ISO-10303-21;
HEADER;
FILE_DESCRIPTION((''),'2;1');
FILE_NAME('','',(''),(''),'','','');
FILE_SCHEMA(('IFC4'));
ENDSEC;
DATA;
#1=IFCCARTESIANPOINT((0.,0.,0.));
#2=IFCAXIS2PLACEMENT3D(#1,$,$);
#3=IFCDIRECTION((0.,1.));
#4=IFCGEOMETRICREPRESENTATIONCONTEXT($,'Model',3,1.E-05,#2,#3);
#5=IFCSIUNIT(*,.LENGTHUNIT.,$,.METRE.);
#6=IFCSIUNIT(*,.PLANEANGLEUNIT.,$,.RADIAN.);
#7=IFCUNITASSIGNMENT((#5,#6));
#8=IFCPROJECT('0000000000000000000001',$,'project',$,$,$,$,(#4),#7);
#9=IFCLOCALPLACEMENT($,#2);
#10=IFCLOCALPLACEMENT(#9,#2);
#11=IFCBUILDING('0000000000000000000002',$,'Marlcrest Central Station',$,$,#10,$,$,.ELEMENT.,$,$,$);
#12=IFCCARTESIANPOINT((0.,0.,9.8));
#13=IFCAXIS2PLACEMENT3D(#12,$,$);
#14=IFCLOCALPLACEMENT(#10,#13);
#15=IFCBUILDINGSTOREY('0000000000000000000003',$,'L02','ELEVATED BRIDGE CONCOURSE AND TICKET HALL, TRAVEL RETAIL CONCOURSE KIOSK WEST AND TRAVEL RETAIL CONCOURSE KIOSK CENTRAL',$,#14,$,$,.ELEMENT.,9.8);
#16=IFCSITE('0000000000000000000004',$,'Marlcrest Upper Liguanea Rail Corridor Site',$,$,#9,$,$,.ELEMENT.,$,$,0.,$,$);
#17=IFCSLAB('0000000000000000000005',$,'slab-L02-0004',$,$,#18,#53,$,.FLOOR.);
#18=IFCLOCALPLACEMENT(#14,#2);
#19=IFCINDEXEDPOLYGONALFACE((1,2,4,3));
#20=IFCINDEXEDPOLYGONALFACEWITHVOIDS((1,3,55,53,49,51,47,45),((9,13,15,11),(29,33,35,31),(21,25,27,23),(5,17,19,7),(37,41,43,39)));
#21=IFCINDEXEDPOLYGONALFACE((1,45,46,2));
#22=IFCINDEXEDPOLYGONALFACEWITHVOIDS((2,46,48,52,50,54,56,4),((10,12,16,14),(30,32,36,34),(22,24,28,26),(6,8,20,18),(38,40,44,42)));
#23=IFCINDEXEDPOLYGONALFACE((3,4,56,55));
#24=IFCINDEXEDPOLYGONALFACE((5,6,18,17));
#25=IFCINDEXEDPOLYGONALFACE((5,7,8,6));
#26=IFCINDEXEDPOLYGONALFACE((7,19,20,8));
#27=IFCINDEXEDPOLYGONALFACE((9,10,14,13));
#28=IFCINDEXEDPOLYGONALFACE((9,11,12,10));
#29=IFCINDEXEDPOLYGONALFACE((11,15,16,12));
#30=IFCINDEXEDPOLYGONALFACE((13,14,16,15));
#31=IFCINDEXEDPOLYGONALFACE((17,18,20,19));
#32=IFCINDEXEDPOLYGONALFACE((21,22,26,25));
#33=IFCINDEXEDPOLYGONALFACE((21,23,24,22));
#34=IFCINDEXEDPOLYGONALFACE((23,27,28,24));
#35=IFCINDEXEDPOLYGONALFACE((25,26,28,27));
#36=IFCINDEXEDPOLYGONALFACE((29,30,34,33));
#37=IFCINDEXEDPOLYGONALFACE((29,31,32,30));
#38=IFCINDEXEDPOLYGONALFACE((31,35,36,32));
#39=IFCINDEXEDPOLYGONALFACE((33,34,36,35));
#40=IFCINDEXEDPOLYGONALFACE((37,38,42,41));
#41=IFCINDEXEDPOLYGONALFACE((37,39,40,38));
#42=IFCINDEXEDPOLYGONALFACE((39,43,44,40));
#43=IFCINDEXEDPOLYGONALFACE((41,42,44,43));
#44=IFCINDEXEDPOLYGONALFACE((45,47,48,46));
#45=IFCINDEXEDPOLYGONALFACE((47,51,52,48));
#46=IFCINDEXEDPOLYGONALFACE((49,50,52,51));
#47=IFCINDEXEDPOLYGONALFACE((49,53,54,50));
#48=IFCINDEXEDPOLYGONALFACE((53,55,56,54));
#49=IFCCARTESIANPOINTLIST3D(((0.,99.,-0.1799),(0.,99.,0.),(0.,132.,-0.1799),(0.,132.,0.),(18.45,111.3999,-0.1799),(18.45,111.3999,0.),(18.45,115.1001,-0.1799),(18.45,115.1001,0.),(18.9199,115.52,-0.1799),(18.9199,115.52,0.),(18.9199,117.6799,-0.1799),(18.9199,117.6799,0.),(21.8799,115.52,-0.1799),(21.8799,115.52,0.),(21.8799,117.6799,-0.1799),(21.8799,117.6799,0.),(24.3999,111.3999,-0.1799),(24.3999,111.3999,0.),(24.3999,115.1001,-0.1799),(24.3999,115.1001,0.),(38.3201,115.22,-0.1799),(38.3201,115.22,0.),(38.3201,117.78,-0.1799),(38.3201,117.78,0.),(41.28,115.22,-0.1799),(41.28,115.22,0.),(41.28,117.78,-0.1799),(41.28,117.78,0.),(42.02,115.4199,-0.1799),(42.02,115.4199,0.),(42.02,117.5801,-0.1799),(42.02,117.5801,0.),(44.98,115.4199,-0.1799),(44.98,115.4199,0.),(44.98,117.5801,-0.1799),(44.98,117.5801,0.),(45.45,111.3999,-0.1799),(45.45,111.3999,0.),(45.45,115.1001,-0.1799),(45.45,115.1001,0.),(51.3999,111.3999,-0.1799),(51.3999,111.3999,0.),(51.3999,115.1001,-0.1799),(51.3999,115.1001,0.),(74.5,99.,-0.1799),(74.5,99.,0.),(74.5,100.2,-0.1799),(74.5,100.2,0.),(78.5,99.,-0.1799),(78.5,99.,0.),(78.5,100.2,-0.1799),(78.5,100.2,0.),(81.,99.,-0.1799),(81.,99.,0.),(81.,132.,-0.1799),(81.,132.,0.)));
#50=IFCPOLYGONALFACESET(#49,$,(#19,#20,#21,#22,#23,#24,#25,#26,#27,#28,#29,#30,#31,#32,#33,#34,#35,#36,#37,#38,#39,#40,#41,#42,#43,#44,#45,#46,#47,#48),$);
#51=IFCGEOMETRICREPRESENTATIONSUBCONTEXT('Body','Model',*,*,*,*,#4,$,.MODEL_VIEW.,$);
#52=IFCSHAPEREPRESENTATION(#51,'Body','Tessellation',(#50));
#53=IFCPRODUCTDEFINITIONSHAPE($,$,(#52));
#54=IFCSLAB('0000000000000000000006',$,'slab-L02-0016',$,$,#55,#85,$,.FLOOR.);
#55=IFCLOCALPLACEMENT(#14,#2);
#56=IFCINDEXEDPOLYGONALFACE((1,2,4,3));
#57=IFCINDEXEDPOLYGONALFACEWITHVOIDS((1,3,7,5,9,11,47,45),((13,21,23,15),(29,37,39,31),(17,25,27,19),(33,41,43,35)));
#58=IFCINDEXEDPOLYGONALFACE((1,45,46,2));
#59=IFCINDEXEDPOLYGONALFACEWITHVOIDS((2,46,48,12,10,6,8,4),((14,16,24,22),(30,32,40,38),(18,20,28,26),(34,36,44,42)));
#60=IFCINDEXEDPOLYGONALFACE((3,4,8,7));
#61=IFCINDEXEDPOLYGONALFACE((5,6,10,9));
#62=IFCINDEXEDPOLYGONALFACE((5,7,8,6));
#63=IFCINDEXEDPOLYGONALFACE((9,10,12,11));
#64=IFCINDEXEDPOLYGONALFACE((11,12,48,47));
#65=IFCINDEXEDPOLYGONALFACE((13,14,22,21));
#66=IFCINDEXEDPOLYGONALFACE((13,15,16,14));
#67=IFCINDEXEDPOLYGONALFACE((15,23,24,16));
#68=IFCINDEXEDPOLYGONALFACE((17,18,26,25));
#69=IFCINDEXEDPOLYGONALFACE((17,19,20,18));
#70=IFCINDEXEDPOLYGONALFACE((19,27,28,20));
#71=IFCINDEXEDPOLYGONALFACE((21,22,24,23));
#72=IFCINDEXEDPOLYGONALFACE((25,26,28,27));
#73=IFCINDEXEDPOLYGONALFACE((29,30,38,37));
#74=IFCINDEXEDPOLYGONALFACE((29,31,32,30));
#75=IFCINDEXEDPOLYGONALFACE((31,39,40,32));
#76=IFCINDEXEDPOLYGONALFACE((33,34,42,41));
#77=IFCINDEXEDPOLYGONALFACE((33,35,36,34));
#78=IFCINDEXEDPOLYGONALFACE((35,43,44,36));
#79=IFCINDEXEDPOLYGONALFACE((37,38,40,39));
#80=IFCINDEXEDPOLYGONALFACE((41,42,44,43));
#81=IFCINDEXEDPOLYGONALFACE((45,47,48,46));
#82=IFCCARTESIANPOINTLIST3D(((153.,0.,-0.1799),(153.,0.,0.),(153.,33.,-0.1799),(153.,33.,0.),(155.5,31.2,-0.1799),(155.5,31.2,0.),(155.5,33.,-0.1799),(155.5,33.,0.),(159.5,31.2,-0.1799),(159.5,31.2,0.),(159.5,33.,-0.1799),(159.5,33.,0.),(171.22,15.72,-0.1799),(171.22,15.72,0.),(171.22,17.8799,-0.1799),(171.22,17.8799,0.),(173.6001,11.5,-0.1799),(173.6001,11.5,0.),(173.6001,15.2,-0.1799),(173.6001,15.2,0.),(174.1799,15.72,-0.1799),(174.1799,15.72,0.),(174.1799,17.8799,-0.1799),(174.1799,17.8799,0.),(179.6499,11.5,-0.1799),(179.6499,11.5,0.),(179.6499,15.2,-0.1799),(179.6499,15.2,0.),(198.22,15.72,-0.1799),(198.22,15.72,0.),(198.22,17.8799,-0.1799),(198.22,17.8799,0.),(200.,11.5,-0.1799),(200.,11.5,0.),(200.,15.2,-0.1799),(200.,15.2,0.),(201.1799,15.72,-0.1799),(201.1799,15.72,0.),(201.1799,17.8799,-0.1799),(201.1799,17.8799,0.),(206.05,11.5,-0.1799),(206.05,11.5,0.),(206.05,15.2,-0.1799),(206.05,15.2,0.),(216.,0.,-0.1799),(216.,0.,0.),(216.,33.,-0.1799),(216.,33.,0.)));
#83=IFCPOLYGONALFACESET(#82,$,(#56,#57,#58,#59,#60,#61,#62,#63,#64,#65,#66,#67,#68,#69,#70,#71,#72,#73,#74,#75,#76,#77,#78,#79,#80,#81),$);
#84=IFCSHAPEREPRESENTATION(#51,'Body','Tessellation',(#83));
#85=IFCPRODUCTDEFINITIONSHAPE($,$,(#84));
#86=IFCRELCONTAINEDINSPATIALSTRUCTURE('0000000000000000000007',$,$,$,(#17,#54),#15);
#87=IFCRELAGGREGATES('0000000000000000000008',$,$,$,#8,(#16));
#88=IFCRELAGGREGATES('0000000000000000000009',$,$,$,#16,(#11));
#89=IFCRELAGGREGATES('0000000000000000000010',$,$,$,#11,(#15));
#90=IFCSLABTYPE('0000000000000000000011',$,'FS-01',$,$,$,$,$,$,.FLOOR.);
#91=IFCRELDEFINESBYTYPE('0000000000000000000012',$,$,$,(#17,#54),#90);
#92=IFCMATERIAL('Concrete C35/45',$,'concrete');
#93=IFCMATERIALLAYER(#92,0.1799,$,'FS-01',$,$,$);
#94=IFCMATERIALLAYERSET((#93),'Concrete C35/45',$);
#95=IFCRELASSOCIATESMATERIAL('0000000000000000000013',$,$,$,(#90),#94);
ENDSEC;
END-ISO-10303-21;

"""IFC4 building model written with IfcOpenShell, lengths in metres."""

from ifc_helpers import new_model, si_unit, direction, frame, origin, place, context, subcontext, project, spatial, polyline, outline, extrude, material, layer, layer_set, type_object, element, save


model = new_model("IFC4")

# Units and contexts
model_context = context("Model", 3, precision=1e-05, world=origin(), true_north=direction((0.0, 1.0)))
body_context = subcontext(model_context, "Body", "Model", "MODEL_VIEW")
ifc_project = project(units=[si_unit("LENGTHUNIT", "METRE"), si_unit("PLANEANGLEUNIT", "RADIAN")], contexts=[model_context])

# Site, building, storey
site_placement = place(None, origin())
site = spatial("IfcSite", under=ifc_project, at=site_placement, Name="Marlcrest Upper Liguanea Rail Corridor Site", CompositionType="ELEMENT", RefElevation=0.0)
building_placement = place(site_placement, origin())
building = spatial("IfcBuilding", under=site, at=building_placement, Name="Marlcrest Central Station", CompositionType="ELEMENT")
storey_placement = place(building_placement, frame((0.0, 0.0, 9.8)))
storey = spatial("IfcBuildingStorey", under=building, at=storey_placement, Name="L02", Description="ELEVATED BRIDGE CONCOURSE AND TICKET HALL, TRAVEL RETAIL CONCOURSE KIOSK WEST AND TRAVEL RETAIL CONCOURSE KIOSK CENTRAL", CompositionType="ELEMENT", Elevation=9.8)

# Slabs
ifc_material_1 = material(Name="Concrete C35/45", Category="concrete")
ifc_layer_1 = layer(ifc_material_1, 0.1799, Name="FS-01")
ifc_layer_set_1 = layer_set([ifc_layer_1], Name="Concrete C35/45")
slab_type = type_object("IfcSlabType", Name="FS-01", PredefinedType="FLOOR", material=ifc_layer_set_1)
slab_1_placement = place(storey_placement, frame((0.0, 0.0, -0.1799)))
element("IfcSlab", 1, at=slab_1_placement, inside=storey, type_object=slab_type, Name="slab-L02-0004", PredefinedType="FLOOR", context=body_context, shape_type="SweptSolid", body=[
    extrude(outline(polyline([(0.0, 99.0), (74.5, 99.0), (74.5, 100.2), (78.5, 100.2), (78.5, 99.0), (81.0, 99.0), (81.0, 132.0), (0.0, 132.0), (0.0, 99.0)]), holes=[polyline([(18.45, 111.3999), (24.3999, 111.3999), (24.3999, 115.1001), (18.45, 115.1001), (18.45, 111.3999)]), polyline([(18.9199, 115.52), (21.8799, 115.52), (21.8799, 117.6799), (18.9199, 117.6799), (18.9199, 115.52)]), polyline([(45.45, 111.3999), (51.3999, 111.3999), (51.3999, 115.1001), (45.45, 115.1001), (45.45, 111.3999)]), polyline([(42.02, 115.4199), (44.98, 115.4199), (44.98, 117.5801), (42.02, 117.5801), (42.02, 115.4199)]), polyline([(38.3201, 115.22), (41.28, 115.22), (41.28, 117.78), (38.3201, 117.78), (38.3201, 115.22)])]), origin(), (0.0, 0.0, 1.0), 0.1799),
])
slab_2_placement = place(storey_placement, frame((0.0, 0.0, -0.1799)))
element("IfcSlab", 2, at=slab_2_placement, inside=storey, type_object=slab_type, Name="slab-L02-0016", PredefinedType="FLOOR", context=body_context, shape_type="SweptSolid", body=[
    extrude(outline(polyline([(153.0, 0.0), (216.0, 0.0), (216.0, 33.0), (159.5, 33.0), (159.5, 31.2), (155.5, 31.2), (155.5, 33.0), (153.0, 33.0), (153.0, 0.0)]), holes=[polyline([(173.6001, 11.5), (179.6499, 11.5), (179.6499, 15.2), (173.6001, 15.2), (173.6001, 11.5)]), polyline([(171.22, 15.72), (174.1799, 15.72), (174.1799, 17.8799), (171.22, 17.8799), (171.22, 15.72)]), polyline([(200.0, 11.5), (206.05, 11.5), (206.05, 15.2), (200.0, 15.2), (200.0, 11.5)]), polyline([(198.22, 15.72), (201.1799, 15.72), (201.1799, 17.8799), (198.22, 17.8799), (198.22, 15.72)])]), origin(), (0.0, 0.0, 1.0), 0.1799),
])

save(model, "model.ifc")
